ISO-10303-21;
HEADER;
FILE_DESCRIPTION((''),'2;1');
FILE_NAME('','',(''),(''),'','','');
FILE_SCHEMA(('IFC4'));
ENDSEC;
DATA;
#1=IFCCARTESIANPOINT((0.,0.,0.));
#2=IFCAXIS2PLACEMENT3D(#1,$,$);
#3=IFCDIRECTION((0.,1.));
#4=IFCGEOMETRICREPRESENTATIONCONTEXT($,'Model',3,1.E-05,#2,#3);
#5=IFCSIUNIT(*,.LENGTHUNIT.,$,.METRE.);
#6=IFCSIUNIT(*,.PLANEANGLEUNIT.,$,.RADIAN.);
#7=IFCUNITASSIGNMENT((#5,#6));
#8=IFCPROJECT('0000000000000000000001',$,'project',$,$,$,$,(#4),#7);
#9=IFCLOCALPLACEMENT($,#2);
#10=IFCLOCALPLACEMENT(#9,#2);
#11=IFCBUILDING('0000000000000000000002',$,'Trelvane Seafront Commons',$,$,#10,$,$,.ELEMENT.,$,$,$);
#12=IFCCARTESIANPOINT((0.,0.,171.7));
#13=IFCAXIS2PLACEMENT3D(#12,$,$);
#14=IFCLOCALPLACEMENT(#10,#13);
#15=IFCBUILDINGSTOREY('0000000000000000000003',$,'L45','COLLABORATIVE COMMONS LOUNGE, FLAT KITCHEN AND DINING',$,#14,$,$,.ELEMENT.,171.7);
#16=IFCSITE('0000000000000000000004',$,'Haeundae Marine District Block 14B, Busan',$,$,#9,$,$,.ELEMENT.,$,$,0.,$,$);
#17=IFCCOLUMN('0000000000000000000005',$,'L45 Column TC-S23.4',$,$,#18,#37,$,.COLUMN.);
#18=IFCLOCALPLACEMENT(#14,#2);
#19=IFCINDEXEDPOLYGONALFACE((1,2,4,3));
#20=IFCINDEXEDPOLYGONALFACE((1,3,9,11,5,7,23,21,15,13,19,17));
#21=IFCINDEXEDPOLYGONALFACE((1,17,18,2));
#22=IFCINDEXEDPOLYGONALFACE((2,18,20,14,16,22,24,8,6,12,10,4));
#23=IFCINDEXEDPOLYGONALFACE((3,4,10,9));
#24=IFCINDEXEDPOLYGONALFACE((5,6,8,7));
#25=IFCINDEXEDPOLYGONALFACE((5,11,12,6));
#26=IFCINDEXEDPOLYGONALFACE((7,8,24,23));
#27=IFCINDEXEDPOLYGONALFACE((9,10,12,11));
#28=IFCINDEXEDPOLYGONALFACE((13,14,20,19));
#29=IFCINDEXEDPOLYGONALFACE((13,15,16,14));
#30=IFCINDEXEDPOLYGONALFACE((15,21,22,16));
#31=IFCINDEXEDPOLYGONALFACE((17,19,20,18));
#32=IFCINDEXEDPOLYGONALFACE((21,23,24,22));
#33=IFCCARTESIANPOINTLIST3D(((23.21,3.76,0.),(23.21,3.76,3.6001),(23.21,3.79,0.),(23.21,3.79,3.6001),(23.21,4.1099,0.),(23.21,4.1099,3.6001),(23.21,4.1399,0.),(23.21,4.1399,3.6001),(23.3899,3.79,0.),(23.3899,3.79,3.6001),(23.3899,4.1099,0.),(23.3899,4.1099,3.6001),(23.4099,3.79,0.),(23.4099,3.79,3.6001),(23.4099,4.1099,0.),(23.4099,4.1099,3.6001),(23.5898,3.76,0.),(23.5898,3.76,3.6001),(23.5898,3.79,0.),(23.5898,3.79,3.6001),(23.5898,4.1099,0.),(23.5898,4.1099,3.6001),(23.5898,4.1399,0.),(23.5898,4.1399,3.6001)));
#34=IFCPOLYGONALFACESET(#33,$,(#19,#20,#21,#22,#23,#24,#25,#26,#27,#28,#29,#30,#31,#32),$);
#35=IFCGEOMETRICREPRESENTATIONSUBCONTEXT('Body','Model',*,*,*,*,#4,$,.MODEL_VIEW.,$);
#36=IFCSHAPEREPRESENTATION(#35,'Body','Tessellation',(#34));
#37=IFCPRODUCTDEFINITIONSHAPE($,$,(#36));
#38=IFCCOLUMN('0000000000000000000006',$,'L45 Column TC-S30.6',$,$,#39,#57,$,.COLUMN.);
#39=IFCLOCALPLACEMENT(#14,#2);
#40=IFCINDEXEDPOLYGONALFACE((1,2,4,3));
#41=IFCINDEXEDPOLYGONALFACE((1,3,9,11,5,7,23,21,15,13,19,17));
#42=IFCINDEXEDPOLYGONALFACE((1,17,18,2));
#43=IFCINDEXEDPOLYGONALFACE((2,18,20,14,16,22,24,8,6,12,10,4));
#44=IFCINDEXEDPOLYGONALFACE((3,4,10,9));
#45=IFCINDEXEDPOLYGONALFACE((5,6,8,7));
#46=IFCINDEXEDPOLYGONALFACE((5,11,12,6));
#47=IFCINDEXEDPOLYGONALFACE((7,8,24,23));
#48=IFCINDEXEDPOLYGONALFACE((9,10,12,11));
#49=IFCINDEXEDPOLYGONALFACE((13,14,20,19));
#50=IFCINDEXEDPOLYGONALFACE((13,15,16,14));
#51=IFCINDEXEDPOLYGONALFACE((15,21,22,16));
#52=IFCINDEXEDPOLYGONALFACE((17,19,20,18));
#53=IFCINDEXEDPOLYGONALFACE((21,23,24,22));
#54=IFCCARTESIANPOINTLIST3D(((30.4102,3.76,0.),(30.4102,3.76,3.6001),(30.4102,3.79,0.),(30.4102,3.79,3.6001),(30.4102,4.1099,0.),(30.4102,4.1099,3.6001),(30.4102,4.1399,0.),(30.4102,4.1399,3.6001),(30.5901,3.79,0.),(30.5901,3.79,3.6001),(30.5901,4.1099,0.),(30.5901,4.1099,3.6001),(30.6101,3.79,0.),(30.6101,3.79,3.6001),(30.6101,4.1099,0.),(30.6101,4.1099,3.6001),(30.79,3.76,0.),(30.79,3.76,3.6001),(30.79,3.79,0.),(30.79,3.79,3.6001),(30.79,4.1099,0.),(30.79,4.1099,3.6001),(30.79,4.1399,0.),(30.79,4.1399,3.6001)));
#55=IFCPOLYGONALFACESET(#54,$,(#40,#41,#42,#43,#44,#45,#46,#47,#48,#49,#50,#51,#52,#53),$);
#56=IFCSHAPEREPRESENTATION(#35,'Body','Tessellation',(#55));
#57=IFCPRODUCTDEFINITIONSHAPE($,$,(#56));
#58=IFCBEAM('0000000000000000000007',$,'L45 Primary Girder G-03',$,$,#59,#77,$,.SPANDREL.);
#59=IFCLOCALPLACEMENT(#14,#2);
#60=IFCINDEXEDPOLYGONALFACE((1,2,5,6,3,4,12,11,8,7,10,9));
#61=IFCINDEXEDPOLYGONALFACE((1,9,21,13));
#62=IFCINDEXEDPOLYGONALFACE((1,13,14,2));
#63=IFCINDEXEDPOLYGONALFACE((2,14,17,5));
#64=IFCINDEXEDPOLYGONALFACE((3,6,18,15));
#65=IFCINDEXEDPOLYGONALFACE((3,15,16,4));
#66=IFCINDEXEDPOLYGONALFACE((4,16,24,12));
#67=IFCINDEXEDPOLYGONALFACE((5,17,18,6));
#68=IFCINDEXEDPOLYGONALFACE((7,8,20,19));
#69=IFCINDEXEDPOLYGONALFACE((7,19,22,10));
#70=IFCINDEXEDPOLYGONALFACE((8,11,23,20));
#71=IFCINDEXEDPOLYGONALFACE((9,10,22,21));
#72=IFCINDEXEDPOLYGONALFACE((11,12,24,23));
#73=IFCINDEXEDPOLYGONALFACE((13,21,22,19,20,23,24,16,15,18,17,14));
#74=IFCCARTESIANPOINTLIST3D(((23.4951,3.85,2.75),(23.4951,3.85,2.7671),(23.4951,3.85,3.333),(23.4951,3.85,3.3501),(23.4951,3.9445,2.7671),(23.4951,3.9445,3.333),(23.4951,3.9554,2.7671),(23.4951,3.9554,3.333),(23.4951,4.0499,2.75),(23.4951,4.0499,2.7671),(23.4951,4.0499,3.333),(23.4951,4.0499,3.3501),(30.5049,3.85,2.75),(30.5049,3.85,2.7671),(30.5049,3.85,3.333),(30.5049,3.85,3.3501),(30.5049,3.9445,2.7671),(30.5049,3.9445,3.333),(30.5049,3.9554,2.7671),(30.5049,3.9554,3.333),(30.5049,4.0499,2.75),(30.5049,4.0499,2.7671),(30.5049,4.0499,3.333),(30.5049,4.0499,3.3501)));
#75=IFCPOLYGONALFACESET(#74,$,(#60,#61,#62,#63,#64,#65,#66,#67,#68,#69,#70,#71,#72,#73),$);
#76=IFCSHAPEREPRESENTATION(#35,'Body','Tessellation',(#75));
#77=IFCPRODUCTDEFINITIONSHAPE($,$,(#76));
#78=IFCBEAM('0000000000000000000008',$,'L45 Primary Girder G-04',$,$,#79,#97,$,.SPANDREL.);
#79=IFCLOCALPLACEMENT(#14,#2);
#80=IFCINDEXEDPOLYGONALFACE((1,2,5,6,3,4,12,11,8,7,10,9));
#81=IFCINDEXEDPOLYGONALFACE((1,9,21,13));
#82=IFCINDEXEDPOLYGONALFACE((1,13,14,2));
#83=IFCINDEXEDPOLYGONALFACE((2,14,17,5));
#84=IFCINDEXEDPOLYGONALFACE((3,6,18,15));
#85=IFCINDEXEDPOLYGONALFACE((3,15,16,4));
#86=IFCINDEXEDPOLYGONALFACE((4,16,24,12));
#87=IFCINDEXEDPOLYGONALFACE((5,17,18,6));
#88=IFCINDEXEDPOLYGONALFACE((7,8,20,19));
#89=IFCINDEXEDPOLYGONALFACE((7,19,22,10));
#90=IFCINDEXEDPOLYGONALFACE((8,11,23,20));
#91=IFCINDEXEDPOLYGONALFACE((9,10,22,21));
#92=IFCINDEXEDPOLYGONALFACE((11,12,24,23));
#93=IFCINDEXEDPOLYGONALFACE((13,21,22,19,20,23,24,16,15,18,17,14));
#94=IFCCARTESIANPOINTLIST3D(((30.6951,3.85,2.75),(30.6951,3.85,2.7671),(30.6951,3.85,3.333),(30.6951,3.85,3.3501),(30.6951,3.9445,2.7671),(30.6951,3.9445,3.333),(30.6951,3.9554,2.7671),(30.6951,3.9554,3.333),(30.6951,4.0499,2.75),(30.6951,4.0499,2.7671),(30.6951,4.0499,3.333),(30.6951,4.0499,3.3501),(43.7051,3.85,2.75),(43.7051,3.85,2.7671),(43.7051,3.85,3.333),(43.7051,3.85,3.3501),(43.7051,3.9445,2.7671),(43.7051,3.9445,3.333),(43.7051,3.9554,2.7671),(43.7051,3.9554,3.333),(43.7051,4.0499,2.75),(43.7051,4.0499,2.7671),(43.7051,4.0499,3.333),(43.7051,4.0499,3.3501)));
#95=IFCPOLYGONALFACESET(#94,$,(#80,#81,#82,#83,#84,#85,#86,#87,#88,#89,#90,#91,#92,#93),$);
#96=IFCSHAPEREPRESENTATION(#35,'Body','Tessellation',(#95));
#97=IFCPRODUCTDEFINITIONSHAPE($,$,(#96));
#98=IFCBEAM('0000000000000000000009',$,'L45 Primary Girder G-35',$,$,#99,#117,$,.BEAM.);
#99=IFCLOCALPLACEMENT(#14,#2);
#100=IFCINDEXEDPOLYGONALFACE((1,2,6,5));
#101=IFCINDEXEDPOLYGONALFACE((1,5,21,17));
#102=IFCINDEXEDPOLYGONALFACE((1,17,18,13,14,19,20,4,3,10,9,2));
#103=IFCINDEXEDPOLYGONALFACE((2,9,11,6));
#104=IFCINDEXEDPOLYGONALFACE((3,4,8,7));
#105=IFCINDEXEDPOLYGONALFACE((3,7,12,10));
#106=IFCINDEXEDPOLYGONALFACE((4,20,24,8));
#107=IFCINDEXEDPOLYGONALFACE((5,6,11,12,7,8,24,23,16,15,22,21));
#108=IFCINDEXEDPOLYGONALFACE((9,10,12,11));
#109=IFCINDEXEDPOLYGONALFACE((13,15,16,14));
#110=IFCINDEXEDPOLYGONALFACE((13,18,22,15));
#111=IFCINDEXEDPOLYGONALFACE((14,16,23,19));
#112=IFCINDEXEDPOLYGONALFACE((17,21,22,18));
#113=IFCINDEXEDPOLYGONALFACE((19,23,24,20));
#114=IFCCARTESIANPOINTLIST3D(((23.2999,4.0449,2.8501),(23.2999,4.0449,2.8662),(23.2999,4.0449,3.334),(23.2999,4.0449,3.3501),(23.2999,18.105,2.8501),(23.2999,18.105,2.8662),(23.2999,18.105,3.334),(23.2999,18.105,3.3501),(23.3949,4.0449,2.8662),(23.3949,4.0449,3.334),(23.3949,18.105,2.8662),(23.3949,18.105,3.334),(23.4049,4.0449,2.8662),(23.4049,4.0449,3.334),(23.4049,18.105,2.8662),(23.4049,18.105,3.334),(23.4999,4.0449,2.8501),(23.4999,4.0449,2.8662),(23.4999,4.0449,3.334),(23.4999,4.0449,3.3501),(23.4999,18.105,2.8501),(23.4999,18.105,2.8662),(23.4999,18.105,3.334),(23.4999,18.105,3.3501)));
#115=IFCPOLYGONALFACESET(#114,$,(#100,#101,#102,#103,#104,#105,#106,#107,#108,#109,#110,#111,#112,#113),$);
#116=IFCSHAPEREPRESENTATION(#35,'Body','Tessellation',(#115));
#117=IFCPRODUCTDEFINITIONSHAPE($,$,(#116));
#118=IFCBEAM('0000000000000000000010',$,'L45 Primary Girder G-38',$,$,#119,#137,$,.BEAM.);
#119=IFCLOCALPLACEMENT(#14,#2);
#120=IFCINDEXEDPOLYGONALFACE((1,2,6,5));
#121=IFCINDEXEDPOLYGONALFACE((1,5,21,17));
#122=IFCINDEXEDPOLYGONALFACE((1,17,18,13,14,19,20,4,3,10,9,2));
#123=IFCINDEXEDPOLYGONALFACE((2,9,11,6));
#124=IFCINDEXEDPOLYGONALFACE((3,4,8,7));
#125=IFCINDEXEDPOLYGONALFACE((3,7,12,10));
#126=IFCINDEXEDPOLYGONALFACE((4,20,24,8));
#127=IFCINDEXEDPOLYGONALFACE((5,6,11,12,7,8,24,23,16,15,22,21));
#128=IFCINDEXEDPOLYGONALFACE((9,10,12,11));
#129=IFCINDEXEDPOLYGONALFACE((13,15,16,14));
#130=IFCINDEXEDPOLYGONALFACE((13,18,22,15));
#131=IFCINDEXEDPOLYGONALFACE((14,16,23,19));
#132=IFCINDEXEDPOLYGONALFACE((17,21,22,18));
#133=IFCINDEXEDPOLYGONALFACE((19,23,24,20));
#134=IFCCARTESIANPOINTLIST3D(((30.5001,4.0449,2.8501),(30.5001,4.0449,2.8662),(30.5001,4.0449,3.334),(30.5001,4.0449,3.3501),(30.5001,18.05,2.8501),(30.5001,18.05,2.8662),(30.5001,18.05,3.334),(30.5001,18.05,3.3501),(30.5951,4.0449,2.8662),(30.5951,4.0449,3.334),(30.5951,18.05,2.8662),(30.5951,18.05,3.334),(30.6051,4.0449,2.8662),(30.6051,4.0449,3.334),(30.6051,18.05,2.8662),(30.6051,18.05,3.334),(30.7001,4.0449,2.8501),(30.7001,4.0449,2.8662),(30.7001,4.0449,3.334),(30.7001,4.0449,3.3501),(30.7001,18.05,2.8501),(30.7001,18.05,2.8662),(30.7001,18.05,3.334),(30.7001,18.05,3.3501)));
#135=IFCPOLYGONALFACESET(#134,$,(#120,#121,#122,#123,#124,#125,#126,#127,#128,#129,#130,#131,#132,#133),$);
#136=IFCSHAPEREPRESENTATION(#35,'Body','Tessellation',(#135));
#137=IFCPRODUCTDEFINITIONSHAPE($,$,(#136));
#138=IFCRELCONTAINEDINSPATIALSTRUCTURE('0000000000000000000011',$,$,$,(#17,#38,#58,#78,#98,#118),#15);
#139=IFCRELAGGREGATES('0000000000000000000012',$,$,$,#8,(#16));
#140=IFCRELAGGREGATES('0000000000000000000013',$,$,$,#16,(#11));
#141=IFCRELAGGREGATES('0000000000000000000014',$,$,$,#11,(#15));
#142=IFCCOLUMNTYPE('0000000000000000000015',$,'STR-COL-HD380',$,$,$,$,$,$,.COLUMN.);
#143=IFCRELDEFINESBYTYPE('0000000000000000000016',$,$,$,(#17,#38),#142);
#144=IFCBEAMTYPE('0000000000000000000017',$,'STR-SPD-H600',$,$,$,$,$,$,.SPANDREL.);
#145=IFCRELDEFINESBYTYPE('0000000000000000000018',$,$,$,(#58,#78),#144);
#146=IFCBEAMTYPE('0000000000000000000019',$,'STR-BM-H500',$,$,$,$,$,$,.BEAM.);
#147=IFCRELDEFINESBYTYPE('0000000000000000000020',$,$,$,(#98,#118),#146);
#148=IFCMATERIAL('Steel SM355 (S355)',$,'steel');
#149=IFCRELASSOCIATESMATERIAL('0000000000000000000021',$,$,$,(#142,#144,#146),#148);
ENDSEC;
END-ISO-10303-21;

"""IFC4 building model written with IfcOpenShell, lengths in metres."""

from ifc_helpers import new_model, si_unit, direction, frame, origin, origin_2d, place, context, subcontext, project, spatial, i_section, extrude, source, transform, mapped, material, material_profile, profile_set, type_object, element, save


model = new_model("IFC4")

# Units and contexts
model_context = context("Model", 3, precision=1e-05, world=origin(), true_north=direction((0.0, 1.0)))
body_context = subcontext(model_context, "Body", "Model", "MODEL_VIEW")
ifc_project = project(units=[si_unit("LENGTHUNIT", "METRE"), si_unit("PLANEANGLEUNIT", "RADIAN")], contexts=[model_context])

# Site, building, storey
site_placement = place(None, origin())
site = spatial("IfcSite", under=ifc_project, at=site_placement, Name="Haeundae Marine District Block 14B, Busan", CompositionType="ELEMENT", RefElevation=0.0)
building_placement = place(site_placement, origin())
building = spatial("IfcBuilding", under=site, at=building_placement, Name="Trelvane Seafront Commons", CompositionType="ELEMENT")
storey_placement = place(building_placement, frame((0.0, 0.0, 171.7)))
storey = spatial("IfcBuildingStorey", under=building, at=storey_placement, Name="L45", Description="COLLABORATIVE COMMONS LOUNGE, FLAT KITCHEN AND DINING", CompositionType="ELEMENT", Elevation=171.7)

# Columns
ifc_material_1 = material(Name="Steel SM355 (S355)", Category="steel")
ifc_material_profile_1 = material_profile(ifc_material_1, i_section(OverallWidth=0.3799, OverallDepth=0.3799, WebThickness=0.02, FlangeThickness=0.03, at=origin_2d()), Name="HD-380x380x20x30")
ifc_profile_set_1 = profile_set([ifc_material_profile_1], Name="Steel SM355 (S355)")
column_type = type_object("IfcColumnType", Name="STR-COL-HD380", PredefinedType="COLUMN", material=ifc_profile_set_1)
shared_shape_1 = source(origin(), body_context, "Body", "SweptSolid", [
    extrude(i_section(OverallWidth=0.3799, OverallDepth=0.3799, WebThickness=0.02, FlangeThickness=0.03, at=origin_2d()), origin(), (0.0, 0.0, 1.0), 3.6001),
])
for number, where, z_axis, x_axis, name in (
    (1, (23.3999, 3.95, 0.0), (0.0, 0.0, 1.0), (1.0, 0.0, 0.0), "L45 Column TC-S23.4"),
    (2, (30.6001, 3.95, 0.0), (0.0, 0.0, 1.0), (1.0, 0.0, 0.0), "L45 Column TC-S30.6"),
):
    element("IfcColumn", number, at=place(storey_placement, frame(where, z_axis=z_axis, x_axis=x_axis)), inside=storey, type_object=column_type, Name=name, PredefinedType="COLUMN", context=body_context, shape_type="MappedRepresentation", body=[
        mapped(shared_shape_1, transform((0.0, 0.0, 0.0), x_axis=(1.0, 0.0, 0.0), y_axis=(0.0, 1.0, 0.0), z_axis=(0.0, 0.0, 1.0), scale=1.0)),
    ])

# Beams
ifc_material_profile_2 = material_profile(ifc_material_1, i_section(OverallWidth=0.2, OverallDepth=0.6001, WebThickness=0.011, FlangeThickness=0.0171, at=origin_2d()), Name="H-600x200x11x17")
ifc_profile_set_2 = profile_set([ifc_material_profile_2], Name="Steel SM355 (S355)")
beam_type_1 = type_object("IfcBeamType", Name="STR-SPD-H600", PredefinedType="SPANDREL", material=ifc_profile_set_2)
shared_shape_2 = source(origin(), body_context, "Body", "SweptSolid", [
    extrude(i_section(OverallWidth=0.2, OverallDepth=0.6001, WebThickness=0.011, FlangeThickness=0.0171, at=origin_2d()), origin(), (0.0, 0.0, 1.0), 7.0098),
])
beam_1_placement = place(storey_placement, frame((23.4951, 3.95, 3.05), z_axis=(1.0, 0.0, 0.0), x_axis=(0.0, 1.0, 0.0)))
element("IfcBeam", 3, at=beam_1_placement, inside=storey, type_object=beam_type_1, Name="L45 Primary Girder G-03", PredefinedType="SPANDREL", context=body_context, shape_type="MappedRepresentation", body=[
    mapped(shared_shape_2, transform((0.0, 0.0, 0.0), x_axis=(1.0, 0.0, 0.0), y_axis=(0.0, 1.0, 0.0), z_axis=(0.0, 0.0, 1.0), scale=1.0)),
])
shared_shape_3 = source(origin(), body_context, "Body", "SweptSolid", [
    extrude(i_section(OverallWidth=0.2, OverallDepth=0.6001, WebThickness=0.011, FlangeThickness=0.0171, at=origin_2d()), origin(), (0.0, 0.0, 1.0), 13.01),
])
beam_2_placement = place(storey_placement, frame((30.6951, 3.95, 3.05), z_axis=(1.0, 0.0, 0.0), x_axis=(0.0, 1.0, 0.0)))
element("IfcBeam", 4, at=beam_2_placement, inside=storey, type_object=beam_type_1, Name="L45 Primary Girder G-04", PredefinedType="SPANDREL", context=body_context, shape_type="MappedRepresentation", body=[
    mapped(shared_shape_3, transform((0.0, 0.0, 0.0), x_axis=(1.0, 0.0, 0.0), y_axis=(0.0, 1.0, 0.0), z_axis=(0.0, 0.0, 1.0), scale=1.0)),
])
ifc_material_profile_3 = material_profile(ifc_material_1, i_section(OverallWidth=0.2, OverallDepth=0.5, WebThickness=0.01, FlangeThickness=0.0161, at=origin_2d()), Name="H-500x200x10x16")
ifc_profile_set_3 = profile_set([ifc_material_profile_3], Name="Steel SM355 (S355)")
beam_type_2 = type_object("IfcBeamType", Name="STR-BM-H500", PredefinedType="BEAM", material=ifc_profile_set_3)
shared_shape_4 = source(origin(), body_context, "Body", "SweptSolid", [
    extrude(i_section(OverallWidth=0.2, OverallDepth=0.5, WebThickness=0.01, FlangeThickness=0.0161, at=origin_2d()), origin(), (0.0, 0.0, 1.0), 14.0601),
])
beam_3_placement = place(storey_placement, frame((23.3999, 4.0449, 3.1001), z_axis=(0.0, 1.0, 0.0), x_axis=(-1.0, 0.0, 0.0)))
element("IfcBeam", 5, at=beam_3_placement, inside=storey, type_object=beam_type_2, Name="L45 Primary Girder G-35", PredefinedType="BEAM", context=body_context, shape_type="MappedRepresentation", body=[
    mapped(shared_shape_4, transform((0.0, 0.0, 0.0), x_axis=(1.0, 0.0, 0.0), y_axis=(0.0, 1.0, 0.0), z_axis=(0.0, 0.0, 1.0), scale=1.0)),
])
shared_shape_5 = source(origin(), body_context, "Body", "SweptSolid", [
    extrude(i_section(OverallWidth=0.2, OverallDepth=0.5, WebThickness=0.01, FlangeThickness=0.0161, at=origin_2d()), origin(), (0.0, 0.0, 1.0), 14.0051),
])
beam_4_placement = place(storey_placement, frame((30.6001, 4.0449, 3.1001), z_axis=(0.0, 1.0, 0.0), x_axis=(-1.0, 0.0, 0.0)))
element("IfcBeam", 6, at=beam_4_placement, inside=storey, type_object=beam_type_2, Name="L45 Primary Girder G-38", PredefinedType="BEAM", context=body_context, shape_type="MappedRepresentation", body=[
    mapped(shared_shape_5, transform((0.0, 0.0, 0.0), x_axis=(1.0, 0.0, 0.0), y_axis=(0.0, 1.0, 0.0), z_axis=(0.0, 0.0, 1.0), scale=1.0)),
])

save(model, "model.ifc")
